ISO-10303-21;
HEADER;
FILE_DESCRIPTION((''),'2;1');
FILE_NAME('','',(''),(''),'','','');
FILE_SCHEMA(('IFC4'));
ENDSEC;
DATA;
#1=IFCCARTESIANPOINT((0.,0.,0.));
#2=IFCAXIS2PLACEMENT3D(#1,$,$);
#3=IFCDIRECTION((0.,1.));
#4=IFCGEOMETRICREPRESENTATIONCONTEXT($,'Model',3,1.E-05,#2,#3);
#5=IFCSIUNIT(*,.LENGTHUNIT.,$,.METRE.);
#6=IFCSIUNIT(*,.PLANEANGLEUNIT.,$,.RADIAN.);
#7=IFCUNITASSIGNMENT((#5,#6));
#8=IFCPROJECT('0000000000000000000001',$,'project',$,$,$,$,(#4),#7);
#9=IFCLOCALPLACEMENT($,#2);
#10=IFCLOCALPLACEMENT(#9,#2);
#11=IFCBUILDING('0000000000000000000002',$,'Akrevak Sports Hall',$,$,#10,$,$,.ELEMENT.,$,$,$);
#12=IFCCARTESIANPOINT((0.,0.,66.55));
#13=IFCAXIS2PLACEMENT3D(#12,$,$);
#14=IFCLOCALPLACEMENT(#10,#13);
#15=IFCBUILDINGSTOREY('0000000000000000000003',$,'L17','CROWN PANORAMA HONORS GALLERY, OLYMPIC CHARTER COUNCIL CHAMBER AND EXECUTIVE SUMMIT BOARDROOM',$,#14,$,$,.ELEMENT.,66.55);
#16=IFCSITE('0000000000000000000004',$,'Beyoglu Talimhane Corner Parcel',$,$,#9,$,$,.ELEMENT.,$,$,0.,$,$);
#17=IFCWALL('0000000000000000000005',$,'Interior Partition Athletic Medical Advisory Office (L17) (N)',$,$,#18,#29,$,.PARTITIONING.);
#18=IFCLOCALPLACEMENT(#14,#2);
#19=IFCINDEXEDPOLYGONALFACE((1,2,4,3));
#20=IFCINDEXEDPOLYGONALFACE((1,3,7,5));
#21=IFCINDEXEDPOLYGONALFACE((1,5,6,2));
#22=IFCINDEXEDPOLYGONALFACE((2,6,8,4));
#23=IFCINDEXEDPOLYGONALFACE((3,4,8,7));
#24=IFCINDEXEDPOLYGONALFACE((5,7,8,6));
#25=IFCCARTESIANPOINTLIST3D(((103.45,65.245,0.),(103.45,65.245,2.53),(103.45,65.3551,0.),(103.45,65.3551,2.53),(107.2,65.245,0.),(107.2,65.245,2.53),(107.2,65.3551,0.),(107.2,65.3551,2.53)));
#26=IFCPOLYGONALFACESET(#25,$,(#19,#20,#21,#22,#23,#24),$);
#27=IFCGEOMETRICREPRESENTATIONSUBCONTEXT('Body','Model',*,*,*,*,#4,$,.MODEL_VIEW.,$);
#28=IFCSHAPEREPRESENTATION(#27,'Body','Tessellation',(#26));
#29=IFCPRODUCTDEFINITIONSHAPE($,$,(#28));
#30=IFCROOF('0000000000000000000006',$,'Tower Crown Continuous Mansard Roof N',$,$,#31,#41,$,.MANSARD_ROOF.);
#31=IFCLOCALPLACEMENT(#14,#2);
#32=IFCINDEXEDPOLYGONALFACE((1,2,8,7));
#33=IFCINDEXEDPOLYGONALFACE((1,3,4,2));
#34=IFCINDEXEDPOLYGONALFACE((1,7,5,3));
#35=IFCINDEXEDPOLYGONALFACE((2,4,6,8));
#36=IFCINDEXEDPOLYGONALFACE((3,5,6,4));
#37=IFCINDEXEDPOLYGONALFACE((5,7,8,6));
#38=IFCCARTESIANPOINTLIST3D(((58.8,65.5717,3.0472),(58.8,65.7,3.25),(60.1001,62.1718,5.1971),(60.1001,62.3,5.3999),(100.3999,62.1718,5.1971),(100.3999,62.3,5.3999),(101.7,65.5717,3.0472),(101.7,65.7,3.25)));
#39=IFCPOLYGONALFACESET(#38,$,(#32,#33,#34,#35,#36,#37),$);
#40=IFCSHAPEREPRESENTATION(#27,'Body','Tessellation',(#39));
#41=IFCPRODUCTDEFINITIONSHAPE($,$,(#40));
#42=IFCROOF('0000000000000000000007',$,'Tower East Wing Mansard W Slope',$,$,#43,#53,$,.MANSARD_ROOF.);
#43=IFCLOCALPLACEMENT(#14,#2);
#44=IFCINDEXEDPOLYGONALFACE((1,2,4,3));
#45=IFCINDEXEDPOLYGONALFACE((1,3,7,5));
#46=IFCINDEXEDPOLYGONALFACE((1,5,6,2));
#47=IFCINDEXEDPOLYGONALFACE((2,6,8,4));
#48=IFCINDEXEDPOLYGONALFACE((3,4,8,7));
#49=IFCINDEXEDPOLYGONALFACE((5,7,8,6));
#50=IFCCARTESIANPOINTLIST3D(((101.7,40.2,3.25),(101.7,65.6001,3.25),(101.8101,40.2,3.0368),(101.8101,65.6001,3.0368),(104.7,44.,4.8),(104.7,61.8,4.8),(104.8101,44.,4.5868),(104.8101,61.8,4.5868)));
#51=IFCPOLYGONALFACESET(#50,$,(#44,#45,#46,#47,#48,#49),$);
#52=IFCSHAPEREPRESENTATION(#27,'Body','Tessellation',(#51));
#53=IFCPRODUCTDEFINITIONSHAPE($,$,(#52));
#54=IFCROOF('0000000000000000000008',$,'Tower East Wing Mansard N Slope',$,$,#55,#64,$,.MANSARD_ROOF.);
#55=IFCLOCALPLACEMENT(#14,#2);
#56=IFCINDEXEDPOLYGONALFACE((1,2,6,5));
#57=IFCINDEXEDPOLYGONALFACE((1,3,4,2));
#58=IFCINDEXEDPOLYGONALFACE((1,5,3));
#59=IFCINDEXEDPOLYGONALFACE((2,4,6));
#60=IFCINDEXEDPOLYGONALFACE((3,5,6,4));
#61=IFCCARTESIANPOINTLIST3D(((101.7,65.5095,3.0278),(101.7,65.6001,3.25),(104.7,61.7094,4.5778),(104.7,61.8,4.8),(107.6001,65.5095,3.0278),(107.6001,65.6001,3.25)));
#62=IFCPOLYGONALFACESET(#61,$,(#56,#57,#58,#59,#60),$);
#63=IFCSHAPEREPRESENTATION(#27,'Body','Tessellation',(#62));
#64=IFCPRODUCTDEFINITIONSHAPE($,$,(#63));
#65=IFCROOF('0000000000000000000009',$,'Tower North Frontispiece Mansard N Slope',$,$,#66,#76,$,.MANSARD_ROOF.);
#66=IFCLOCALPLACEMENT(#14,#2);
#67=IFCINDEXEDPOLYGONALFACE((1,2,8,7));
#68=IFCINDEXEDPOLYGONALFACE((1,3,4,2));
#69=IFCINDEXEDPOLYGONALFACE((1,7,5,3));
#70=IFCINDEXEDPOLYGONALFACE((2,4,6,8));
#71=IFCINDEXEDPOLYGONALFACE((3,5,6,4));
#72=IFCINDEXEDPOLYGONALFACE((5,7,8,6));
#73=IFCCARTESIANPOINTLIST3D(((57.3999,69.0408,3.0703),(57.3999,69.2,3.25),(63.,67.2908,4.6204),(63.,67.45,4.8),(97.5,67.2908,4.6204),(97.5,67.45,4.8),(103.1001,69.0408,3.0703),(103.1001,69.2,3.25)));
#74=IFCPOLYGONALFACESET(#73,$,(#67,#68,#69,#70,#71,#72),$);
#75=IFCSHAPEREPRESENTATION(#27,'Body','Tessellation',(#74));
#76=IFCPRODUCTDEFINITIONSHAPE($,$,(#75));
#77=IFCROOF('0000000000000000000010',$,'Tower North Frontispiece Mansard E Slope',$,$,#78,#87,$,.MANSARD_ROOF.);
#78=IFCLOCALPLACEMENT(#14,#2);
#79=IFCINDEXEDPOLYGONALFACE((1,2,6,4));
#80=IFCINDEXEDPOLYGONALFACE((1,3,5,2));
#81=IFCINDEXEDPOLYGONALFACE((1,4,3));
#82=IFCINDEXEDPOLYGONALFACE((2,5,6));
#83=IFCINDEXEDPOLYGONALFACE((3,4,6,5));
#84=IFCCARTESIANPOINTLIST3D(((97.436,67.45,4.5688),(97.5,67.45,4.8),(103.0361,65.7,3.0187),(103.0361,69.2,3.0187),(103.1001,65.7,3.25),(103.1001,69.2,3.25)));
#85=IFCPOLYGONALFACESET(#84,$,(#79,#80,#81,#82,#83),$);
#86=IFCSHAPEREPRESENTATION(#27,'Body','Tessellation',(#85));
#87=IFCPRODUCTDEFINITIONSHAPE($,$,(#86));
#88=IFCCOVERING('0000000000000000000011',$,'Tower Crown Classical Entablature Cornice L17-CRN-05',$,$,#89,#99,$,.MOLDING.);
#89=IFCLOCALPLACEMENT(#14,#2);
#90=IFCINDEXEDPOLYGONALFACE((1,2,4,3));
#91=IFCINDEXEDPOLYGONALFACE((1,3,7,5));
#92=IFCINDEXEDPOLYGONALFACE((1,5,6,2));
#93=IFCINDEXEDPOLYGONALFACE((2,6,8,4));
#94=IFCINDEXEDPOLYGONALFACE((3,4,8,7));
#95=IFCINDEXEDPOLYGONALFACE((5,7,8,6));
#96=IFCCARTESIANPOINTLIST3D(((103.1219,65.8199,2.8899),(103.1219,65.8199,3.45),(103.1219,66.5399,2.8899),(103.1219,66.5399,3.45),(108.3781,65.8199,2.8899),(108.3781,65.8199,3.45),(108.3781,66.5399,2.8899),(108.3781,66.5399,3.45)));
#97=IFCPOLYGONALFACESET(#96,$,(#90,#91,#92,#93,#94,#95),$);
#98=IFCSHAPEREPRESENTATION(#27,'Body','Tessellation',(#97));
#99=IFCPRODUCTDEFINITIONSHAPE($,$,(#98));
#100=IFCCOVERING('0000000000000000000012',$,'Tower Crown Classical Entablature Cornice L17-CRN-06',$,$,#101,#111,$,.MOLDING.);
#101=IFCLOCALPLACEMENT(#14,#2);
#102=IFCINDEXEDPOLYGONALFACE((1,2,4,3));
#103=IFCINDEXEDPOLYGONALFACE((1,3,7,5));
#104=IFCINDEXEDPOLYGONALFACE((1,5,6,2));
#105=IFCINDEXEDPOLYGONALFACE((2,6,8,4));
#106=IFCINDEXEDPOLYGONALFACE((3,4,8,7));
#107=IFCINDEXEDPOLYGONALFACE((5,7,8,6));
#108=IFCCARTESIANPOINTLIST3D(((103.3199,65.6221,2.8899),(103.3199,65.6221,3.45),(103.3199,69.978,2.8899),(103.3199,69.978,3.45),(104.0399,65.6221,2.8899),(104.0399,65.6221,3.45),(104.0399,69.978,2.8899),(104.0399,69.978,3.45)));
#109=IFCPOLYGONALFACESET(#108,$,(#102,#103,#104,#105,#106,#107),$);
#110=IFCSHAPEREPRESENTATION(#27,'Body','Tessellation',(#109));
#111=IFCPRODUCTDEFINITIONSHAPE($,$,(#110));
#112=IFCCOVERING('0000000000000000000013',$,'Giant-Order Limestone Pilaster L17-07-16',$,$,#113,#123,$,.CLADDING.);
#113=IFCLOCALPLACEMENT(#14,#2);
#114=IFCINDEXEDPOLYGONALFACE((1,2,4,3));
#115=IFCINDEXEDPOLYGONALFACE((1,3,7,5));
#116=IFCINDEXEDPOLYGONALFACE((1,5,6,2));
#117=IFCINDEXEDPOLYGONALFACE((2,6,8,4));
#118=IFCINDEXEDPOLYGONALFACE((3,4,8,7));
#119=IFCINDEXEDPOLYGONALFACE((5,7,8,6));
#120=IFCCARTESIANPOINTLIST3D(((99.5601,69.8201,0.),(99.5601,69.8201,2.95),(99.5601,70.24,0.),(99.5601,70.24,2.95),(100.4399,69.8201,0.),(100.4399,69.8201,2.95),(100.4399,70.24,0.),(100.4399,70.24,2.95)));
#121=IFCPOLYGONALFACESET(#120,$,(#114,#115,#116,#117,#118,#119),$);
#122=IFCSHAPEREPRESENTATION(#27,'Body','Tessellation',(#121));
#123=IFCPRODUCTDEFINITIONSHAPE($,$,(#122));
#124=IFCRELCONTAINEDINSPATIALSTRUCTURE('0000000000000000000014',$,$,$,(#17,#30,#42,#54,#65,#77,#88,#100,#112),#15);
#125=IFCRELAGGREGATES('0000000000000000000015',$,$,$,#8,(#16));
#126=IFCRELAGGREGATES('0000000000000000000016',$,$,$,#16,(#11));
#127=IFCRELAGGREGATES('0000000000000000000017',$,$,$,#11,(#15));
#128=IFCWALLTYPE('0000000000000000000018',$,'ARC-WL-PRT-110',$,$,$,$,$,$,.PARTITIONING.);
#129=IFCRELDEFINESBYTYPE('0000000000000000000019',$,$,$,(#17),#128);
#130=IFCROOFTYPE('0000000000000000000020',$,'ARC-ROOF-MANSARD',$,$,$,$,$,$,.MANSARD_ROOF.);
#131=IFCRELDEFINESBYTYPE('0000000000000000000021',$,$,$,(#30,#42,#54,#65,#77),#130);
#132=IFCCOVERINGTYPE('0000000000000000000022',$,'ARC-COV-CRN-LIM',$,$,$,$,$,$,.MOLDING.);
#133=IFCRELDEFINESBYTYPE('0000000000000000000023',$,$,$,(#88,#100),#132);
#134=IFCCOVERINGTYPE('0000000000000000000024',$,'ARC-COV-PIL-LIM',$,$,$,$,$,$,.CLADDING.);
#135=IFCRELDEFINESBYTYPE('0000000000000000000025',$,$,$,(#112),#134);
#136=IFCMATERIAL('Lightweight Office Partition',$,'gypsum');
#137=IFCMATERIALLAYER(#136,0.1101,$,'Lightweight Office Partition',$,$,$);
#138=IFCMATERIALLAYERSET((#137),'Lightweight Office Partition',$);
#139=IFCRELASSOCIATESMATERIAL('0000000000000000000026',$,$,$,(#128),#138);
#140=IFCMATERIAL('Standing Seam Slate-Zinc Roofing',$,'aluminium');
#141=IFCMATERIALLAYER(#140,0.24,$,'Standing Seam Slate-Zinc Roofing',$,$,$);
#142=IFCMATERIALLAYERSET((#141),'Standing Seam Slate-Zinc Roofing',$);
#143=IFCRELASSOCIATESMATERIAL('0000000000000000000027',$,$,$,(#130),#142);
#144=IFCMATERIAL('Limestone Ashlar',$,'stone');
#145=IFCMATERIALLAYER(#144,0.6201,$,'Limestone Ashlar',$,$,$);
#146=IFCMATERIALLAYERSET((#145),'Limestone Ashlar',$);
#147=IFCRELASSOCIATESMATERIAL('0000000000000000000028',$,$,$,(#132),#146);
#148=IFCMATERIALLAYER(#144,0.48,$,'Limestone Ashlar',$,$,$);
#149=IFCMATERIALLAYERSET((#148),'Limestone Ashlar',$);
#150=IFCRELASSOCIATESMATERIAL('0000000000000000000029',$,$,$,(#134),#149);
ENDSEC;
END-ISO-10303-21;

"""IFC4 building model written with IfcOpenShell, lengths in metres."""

from ifc_helpers import new_model, si_unit, direction, frame, frame_2d, origin, origin_2d, place, context, subcontext, project, spatial, polyline, rectangle, outline, extrude, material, layer, layer_set, type_object, element, save


model = new_model("IFC4")

# Units and contexts
model_context = context("Model", 3, precision=1e-05, world=origin(), true_north=direction((0.0, 1.0)))
body_context = subcontext(model_context, "Body", "Model", "MODEL_VIEW")
ifc_project = project(units=[si_unit("LENGTHUNIT", "METRE"), si_unit("PLANEANGLEUNIT", "RADIAN")], contexts=[model_context])

# Site, building, storey
site_placement = place(None, origin())
site = spatial("IfcSite", under=ifc_project, at=site_placement, Name="Beyoglu Talimhane Corner Parcel", CompositionType="ELEMENT", RefElevation=0.0)
building_placement = place(site_placement, origin())
building = spatial("IfcBuilding", under=site, at=building_placement, Name="Akrevak Sports Hall", CompositionType="ELEMENT")
storey_placement = place(building_placement, frame((0.0, 0.0, 66.55)))
storey = spatial("IfcBuildingStorey", under=building, at=storey_placement, Name="L17", Description="CROWN PANORAMA HONORS GALLERY, OLYMPIC CHARTER COUNCIL CHAMBER AND EXECUTIVE SUMMIT BOARDROOM", CompositionType="ELEMENT", Elevation=66.55)

# Shared definitions
ifc_material_1 = material(Name="Limestone Ashlar", Category="stone")

# Wall
ifc_material_2 = material(Name="Lightweight Office Partition", Category="gypsum")
ifc_layer_1 = layer(ifc_material_2, 0.1101, Name="Lightweight Office Partition")
ifc_layer_set_1 = layer_set([ifc_layer_1], Name="Lightweight Office Partition")
wall_type_1 = type_object("IfcWallType", Name="ARC-WL-PRT-110", PredefinedType="PARTITIONING", material=ifc_layer_set_1)
wall_1_placement = place(storey_placement, frame((103.45, 65.3, 0.0), z_axis=(0.0, 0.0, 1.0), x_axis=(1.0, 0.0, 0.0)))
element("IfcWall", 1, at=wall_1_placement, inside=storey, type_object=wall_type_1, Name="Interior Partition Athletic Medical Advisory Office (L17) (N)", PredefinedType="PARTITIONING", context=body_context, shape_type="SweptSolid", body=[
    extrude(rectangle(XDim=3.75, YDim=0.1101, at=frame_2d((1.875, 0.0))), origin(), (0.0, 0.0, 1.0), 2.53),
])

# Roofs
ifc_material_3 = material(Name="Standing Seam Slate-Zinc Roofing", Category="aluminium")
ifc_layer_2 = layer(ifc_material_3, 0.24, Name="Standing Seam Slate-Zinc Roofing")
ifc_layer_set_2 = layer_set([ifc_layer_2], Name="Standing Seam Slate-Zinc Roofing")
roof_type = type_object("IfcRoofType", Name="ARC-ROOF-MANSARD", PredefinedType="MANSARD_ROOF", material=ifc_layer_set_2)
roof_1_placement = place(storey_placement, frame((101.7, 65.7, 3.25), z_axis=(0.0, 0.534454, 0.845197), x_axis=(-1.0, 0.0, 0.0)))
element("IfcRoof", 2, at=roof_1_placement, inside=storey, type_object=roof_type, Name="Tower Crown Continuous Mansard Roof N", PredefinedType="MANSARD_ROOF", context=body_context, shape_type="SweptSolid", body=[
    extrude(outline(polyline([(0.0, 0.0), (42.8999, 0.0), (41.5999, 4.0226), (1.3, 4.0226), (0.0, 0.0)])), origin(), (0.0, 0.0, -1.0), 0.24),
])
roof_2_placement = place(storey_placement, frame((101.7, 65.6001, 3.25), z_axis=(-0.459031, 0.0, 0.88842), x_axis=(0.0, -1.0, 0.0)))
element("IfcRoof", 3, at=roof_2_placement, inside=storey, type_object=roof_type, Name="Tower East Wing Mansard W Slope", PredefinedType="MANSARD_ROOF", context=body_context, shape_type="SweptSolid", body=[
    extrude(outline(polyline([(0.0, 0.0), (25.4001, 0.0), (21.6001, 3.3768), (3.8, 3.3768), (0.0, 0.0)])), origin(), (0.0, 0.0, -1.0), 0.24),
])
roof_3_placement = place(storey_placement, frame((107.6001, 65.6001, 3.25), z_axis=(0.0, 0.37769, 0.925932), x_axis=(-1.0, 0.0, 0.0)))
element("IfcRoof", 4, at=roof_3_placement, inside=storey, type_object=roof_type, Name="Tower East Wing Mansard N Slope", PredefinedType="MANSARD_ROOF", context=body_context, shape_type="SweptSolid", body=[
    extrude(outline(polyline([(0.0, 0.0), (5.9001, 0.0), (2.9001, 4.104), (0.0, 0.0)])), origin(), (0.0, 0.0, -1.0), 0.24),
])
roof_4_placement = place(storey_placement, frame((103.1001, 69.2, 3.25), z_axis=(0.0, 0.663047, 0.748578), x_axis=(-1.0, 0.0, 0.0)))
element("IfcRoof", 5, at=roof_4_placement, inside=storey, type_object=roof_type, Name="Tower North Frontispiece Mansard N Slope", PredefinedType="MANSARD_ROOF", context=body_context, shape_type="SweptSolid", body=[
    extrude(outline(polyline([(0.0, 0.0), (45.7002, 0.0), (40.1001, 2.3378), (5.6001, 2.3378), (0.0, 0.0)])), origin(), (0.0, 0.0, -1.0), 0.24),
])
roof_5_placement = place(storey_placement, frame((103.1001, 65.7, 3.25), z_axis=(0.26676, 0.0, 0.963763), x_axis=(0.0, 1.0, 0.0)))
element("IfcRoof", 6, at=roof_5_placement, inside=storey, type_object=roof_type, Name="Tower North Frontispiece Mansard E Slope", PredefinedType="MANSARD_ROOF", context=body_context, shape_type="SweptSolid", body=[
    extrude(outline(polyline([(0.0, 0.0), (3.5, 0.0), (1.75, 5.8107), (0.0, 0.0)])), origin(), (0.0, 0.0, -1.0), 0.24),
])

# Coverings
ifc_layer_3 = layer(ifc_material_1, 0.6201, Name="Limestone Ashlar")
ifc_layer_set_3 = layer_set([ifc_layer_3], Name="Limestone Ashlar")
covering_type_1 = type_object("IfcCoveringType", Name="ARC-COV-CRN-LIM", PredefinedType="MOLDING", material=ifc_layer_set_3)
covering_1_placement = place(storey_placement, frame((105.75, 66.1799, 2.8899), z_axis=(0.0, 0.0, 1.0), x_axis=(-1.0, 0.0, 0.0)))
element("IfcCovering", 7, at=covering_1_placement, inside=storey, type_object=covering_type_1, Name="Tower Crown Classical Entablature Cornice L17-CRN-05", PredefinedType="MOLDING", context=body_context, shape_type="SweptSolid", body=[
    extrude(rectangle(XDim=5.2561, YDim=0.72, at=origin_2d()), origin(), (0.0, 0.0, 1.0), 0.5601),
])
covering_2_placement = place(storey_placement, frame((103.6799, 67.8, 2.8899), z_axis=(0.0, 0.0, 1.0), x_axis=(0.0, 1.0, 0.0)))
element("IfcCovering", 8, at=covering_2_placement, inside=storey, type_object=covering_type_1, Name="Tower Crown Classical Entablature Cornice L17-CRN-06", PredefinedType="MOLDING", context=body_context, shape_type="SweptSolid", body=[
    extrude(rectangle(XDim=4.356, YDim=0.72, at=origin_2d()), origin(), (0.0, 0.0, 1.0), 0.5601),
])
ifc_layer_4 = layer(ifc_material_1, 0.48, Name="Limestone Ashlar")
ifc_layer_set_4 = layer_set([ifc_layer_4], Name="Limestone Ashlar")
covering_type_2 = type_object("IfcCoveringType", Name="ARC-COV-PIL-LIM", PredefinedType="CLADDING", material=ifc_layer_set_4)
covering_3_placement = place(storey_placement, frame((100.0, 70.03, 0.0), z_axis=(0.0, 0.0, 1.0), x_axis=(-1.0, 0.0, 0.0)))
element("IfcCovering", 9, at=covering_3_placement, inside=storey, type_object=covering_type_2, Name="Giant-Order Limestone Pilaster L17-07-16", PredefinedType="CLADDING", context=body_context, shape_type="SweptSolid", body=[
    extrude(rectangle(XDim=0.8799, YDim=0.4199, at=origin_2d()), origin(), (0.0, 0.0, 1.0), 2.95),
])

save(model, "model.ifc")
